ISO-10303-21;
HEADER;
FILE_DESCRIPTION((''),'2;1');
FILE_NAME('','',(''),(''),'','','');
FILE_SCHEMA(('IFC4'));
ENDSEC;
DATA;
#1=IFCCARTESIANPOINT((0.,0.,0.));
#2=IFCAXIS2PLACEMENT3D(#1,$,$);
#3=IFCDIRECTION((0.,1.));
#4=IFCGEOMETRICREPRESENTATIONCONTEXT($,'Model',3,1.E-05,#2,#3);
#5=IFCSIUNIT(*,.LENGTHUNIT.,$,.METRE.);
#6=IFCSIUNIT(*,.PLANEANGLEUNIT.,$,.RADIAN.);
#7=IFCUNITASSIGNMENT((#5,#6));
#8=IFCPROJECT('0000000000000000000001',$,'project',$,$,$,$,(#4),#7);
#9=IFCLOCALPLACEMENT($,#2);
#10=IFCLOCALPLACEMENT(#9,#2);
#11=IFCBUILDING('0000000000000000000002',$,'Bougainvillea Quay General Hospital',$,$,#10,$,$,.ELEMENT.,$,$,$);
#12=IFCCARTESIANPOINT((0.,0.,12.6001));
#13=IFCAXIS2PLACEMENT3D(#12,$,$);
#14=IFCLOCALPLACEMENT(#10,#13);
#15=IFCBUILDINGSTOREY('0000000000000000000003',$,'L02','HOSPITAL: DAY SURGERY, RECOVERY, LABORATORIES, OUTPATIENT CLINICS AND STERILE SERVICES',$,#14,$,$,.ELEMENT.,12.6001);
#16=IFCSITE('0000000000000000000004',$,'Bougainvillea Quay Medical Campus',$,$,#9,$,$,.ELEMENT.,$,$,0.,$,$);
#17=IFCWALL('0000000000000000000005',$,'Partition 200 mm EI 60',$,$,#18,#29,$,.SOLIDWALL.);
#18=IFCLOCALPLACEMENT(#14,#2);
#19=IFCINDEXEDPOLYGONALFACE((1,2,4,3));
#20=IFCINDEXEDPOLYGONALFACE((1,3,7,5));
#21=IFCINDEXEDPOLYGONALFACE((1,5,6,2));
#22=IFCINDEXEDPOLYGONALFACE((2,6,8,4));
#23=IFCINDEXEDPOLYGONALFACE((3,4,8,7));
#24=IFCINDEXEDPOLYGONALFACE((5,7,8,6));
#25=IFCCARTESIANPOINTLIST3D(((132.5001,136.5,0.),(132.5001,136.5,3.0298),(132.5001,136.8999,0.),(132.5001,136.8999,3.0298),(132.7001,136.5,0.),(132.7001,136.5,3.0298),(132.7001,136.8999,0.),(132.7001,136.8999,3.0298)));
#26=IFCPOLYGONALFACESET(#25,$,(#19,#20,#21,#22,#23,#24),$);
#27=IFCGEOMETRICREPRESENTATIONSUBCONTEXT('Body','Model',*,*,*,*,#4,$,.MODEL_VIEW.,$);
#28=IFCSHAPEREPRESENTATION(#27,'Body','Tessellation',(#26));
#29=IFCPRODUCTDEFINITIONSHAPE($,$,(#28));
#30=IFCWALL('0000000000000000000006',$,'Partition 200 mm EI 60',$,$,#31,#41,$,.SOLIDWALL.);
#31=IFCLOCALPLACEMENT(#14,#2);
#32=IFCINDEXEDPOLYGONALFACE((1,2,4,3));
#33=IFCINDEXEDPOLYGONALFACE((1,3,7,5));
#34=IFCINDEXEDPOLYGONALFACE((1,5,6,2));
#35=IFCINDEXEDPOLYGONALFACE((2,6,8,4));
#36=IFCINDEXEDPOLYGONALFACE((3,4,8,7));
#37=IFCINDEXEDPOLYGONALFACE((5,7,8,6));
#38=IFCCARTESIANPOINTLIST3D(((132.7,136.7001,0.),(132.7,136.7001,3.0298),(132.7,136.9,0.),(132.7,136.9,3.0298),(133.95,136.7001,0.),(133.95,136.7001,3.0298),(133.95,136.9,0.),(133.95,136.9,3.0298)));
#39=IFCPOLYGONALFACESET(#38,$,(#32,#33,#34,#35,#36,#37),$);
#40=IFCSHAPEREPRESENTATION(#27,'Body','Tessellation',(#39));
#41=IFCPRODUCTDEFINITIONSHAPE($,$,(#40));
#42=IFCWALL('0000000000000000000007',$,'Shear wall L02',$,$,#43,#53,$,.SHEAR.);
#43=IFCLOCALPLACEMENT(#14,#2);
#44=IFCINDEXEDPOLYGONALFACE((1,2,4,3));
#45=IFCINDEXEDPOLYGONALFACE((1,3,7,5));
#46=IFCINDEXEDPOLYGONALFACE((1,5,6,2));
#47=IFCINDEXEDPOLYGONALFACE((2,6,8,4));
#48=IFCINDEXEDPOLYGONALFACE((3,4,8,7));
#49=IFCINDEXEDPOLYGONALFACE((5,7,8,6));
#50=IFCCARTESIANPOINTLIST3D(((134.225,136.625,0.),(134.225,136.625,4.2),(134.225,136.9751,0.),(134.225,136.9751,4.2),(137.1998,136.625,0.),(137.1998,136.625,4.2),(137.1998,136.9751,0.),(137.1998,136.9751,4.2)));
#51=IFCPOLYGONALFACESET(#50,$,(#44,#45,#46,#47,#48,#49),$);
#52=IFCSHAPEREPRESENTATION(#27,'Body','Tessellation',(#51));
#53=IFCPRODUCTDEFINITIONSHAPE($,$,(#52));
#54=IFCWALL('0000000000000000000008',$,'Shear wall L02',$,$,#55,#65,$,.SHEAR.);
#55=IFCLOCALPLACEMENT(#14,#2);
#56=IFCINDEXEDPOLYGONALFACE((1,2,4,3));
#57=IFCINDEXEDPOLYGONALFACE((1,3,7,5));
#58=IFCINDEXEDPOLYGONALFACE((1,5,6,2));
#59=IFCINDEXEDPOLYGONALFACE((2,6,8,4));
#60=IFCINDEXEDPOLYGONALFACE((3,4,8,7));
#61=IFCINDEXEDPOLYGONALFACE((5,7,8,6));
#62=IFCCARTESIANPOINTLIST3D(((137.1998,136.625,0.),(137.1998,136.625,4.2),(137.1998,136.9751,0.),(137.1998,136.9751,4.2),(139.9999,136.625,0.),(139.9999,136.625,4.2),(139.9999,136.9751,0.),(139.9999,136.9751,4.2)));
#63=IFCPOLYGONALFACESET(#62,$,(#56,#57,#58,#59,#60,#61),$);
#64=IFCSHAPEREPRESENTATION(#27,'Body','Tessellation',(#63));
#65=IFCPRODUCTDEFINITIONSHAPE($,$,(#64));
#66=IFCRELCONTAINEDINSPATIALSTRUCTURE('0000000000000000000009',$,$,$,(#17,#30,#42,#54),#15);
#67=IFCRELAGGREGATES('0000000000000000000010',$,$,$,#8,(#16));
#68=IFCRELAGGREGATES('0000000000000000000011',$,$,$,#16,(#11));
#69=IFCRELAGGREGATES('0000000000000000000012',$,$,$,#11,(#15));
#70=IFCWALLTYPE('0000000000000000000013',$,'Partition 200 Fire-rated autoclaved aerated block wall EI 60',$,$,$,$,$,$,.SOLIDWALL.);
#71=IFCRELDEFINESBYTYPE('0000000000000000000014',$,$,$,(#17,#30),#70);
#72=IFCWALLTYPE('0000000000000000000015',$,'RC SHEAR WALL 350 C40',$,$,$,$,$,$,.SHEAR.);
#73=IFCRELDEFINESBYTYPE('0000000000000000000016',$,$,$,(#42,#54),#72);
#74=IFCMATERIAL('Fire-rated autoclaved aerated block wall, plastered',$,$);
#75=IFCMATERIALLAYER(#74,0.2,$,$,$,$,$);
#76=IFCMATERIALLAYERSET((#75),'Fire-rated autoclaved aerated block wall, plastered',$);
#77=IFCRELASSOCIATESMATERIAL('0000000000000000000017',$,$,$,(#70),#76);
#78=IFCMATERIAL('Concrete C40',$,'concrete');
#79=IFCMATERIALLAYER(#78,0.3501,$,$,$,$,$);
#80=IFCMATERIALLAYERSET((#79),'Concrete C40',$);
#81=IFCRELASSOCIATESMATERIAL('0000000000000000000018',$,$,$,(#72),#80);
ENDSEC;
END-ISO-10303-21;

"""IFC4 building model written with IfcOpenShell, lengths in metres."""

from ifc_helpers import new_model, si_unit, direction, frame, frame_2d, origin, place, context, subcontext, project, spatial, rectangle, extrude, material, layer, layer_set, type_object, element, save


model = new_model("IFC4")

# Units and contexts
model_context = context("Model", 3, precision=1e-05, world=origin(), true_north=direction((0.0, 1.0)))
body_context = subcontext(model_context, "Body", "Model", "MODEL_VIEW")
ifc_project = project(units=[si_unit("LENGTHUNIT", "METRE"), si_unit("PLANEANGLEUNIT", "RADIAN")], contexts=[model_context])

# Site, building, storey
site_placement = place(None, origin())
site = spatial("IfcSite", under=ifc_project, at=site_placement, Name="Bougainvillea Quay Medical Campus", CompositionType="ELEMENT", RefElevation=0.0)
building_placement = place(site_placement, origin())
building = spatial("IfcBuilding", under=site, at=building_placement, Name="Bougainvillea Quay General Hospital", CompositionType="ELEMENT")
storey_placement = place(building_placement, frame((0.0, 0.0, 12.6001)))
storey = spatial("IfcBuildingStorey", under=building, at=storey_placement, Name="L02", Description="HOSPITAL: DAY SURGERY, RECOVERY, LABORATORIES, OUTPATIENT CLINICS AND STERILE SERVICES", CompositionType="ELEMENT", Elevation=12.6001)

# Shared definitions
ifc_material_1 = material(Name="Concrete C40", Category="concrete")

# Walls
ifc_material_2 = material(Name="Fire-rated autoclaved aerated block wall, plastered")
ifc_layer_1 = layer(ifc_material_2, 0.2)
ifc_layer_set_1 = layer_set([ifc_layer_1], Name="Fire-rated autoclaved aerated block wall, plastered")
wall_type_1 = type_object("IfcWallType", Name="Partition 200 Fire-rated autoclaved aerated block wall EI 60", PredefinedType="SOLIDWALL", material=ifc_layer_set_1)
wall_1_placement = place(storey_placement, frame((132.6001, 136.5, 0.0), z_axis=(0.0, 0.0, 1.0), x_axis=(0.0, 1.0, 0.0)))
element("IfcWall", 1, at=wall_1_placement, inside=storey, type_object=wall_type_1, Name="Partition 200 mm EI 60", PredefinedType="SOLIDWALL", context=body_context, shape_type="SweptSolid", body=[
    extrude(rectangle(XDim=0.3999, YDim=0.2, at=frame_2d((0.2, 0.0))), origin(), (0.0, 0.0, 1.0), 3.0298),
])
wall_2_placement = place(storey_placement, frame((132.7, 136.8, 0.0), z_axis=(0.0, 0.0, 1.0), x_axis=(1.0, 0.0, 0.0)))
element("IfcWall", 2, at=wall_2_placement, inside=storey, type_object=wall_type_1, Name="Partition 200 mm EI 60", PredefinedType="SOLIDWALL", context=body_context, shape_type="SweptSolid", body=[
    extrude(rectangle(XDim=1.25, YDim=0.2, at=frame_2d((0.625, 0.0))), origin(), (0.0, 0.0, 1.0), 3.0298),
])
ifc_layer_2 = layer(ifc_material_1, 0.3501)
ifc_layer_set_2 = layer_set([ifc_layer_2], Name="Concrete C40")
wall_type_2 = type_object("IfcWallType", Name="RC SHEAR WALL 350 C40", PredefinedType="SHEAR", material=ifc_layer_set_2)
wall_3_placement = place(storey_placement, frame((134.2251, 136.8, 0.0), z_axis=(0.0, 0.0, 1.0), x_axis=(1.0, 0.0, 0.0)))
element("IfcWall", 3, at=wall_3_placement, inside=storey, type_object=wall_type_2, Name="Shear wall L02", PredefinedType="SHEAR", context=body_context, shape_type="SweptSolid", body=[
    extrude(rectangle(XDim=2.9749, YDim=0.3501, at=frame_2d((1.4873, 0.0))), origin(), (0.0, 0.0, 1.0), 4.2),
])
wall_4_placement = place(storey_placement, frame((137.2, 136.8, 0.0), z_axis=(0.0, 0.0, 1.0), x_axis=(1.0, 0.0, 0.0)))
element("IfcWall", 4, at=wall_4_placement, inside=storey, type_object=wall_type_2, Name="Shear wall L02", PredefinedType="SHEAR", context=body_context, shape_type="SweptSolid", body=[
    extrude(rectangle(XDim=2.8, YDim=0.3501, at=frame_2d((1.3999, 0.0))), origin(), (0.0, 0.0, 1.0), 4.2),
])

save(model, "model.ifc")
